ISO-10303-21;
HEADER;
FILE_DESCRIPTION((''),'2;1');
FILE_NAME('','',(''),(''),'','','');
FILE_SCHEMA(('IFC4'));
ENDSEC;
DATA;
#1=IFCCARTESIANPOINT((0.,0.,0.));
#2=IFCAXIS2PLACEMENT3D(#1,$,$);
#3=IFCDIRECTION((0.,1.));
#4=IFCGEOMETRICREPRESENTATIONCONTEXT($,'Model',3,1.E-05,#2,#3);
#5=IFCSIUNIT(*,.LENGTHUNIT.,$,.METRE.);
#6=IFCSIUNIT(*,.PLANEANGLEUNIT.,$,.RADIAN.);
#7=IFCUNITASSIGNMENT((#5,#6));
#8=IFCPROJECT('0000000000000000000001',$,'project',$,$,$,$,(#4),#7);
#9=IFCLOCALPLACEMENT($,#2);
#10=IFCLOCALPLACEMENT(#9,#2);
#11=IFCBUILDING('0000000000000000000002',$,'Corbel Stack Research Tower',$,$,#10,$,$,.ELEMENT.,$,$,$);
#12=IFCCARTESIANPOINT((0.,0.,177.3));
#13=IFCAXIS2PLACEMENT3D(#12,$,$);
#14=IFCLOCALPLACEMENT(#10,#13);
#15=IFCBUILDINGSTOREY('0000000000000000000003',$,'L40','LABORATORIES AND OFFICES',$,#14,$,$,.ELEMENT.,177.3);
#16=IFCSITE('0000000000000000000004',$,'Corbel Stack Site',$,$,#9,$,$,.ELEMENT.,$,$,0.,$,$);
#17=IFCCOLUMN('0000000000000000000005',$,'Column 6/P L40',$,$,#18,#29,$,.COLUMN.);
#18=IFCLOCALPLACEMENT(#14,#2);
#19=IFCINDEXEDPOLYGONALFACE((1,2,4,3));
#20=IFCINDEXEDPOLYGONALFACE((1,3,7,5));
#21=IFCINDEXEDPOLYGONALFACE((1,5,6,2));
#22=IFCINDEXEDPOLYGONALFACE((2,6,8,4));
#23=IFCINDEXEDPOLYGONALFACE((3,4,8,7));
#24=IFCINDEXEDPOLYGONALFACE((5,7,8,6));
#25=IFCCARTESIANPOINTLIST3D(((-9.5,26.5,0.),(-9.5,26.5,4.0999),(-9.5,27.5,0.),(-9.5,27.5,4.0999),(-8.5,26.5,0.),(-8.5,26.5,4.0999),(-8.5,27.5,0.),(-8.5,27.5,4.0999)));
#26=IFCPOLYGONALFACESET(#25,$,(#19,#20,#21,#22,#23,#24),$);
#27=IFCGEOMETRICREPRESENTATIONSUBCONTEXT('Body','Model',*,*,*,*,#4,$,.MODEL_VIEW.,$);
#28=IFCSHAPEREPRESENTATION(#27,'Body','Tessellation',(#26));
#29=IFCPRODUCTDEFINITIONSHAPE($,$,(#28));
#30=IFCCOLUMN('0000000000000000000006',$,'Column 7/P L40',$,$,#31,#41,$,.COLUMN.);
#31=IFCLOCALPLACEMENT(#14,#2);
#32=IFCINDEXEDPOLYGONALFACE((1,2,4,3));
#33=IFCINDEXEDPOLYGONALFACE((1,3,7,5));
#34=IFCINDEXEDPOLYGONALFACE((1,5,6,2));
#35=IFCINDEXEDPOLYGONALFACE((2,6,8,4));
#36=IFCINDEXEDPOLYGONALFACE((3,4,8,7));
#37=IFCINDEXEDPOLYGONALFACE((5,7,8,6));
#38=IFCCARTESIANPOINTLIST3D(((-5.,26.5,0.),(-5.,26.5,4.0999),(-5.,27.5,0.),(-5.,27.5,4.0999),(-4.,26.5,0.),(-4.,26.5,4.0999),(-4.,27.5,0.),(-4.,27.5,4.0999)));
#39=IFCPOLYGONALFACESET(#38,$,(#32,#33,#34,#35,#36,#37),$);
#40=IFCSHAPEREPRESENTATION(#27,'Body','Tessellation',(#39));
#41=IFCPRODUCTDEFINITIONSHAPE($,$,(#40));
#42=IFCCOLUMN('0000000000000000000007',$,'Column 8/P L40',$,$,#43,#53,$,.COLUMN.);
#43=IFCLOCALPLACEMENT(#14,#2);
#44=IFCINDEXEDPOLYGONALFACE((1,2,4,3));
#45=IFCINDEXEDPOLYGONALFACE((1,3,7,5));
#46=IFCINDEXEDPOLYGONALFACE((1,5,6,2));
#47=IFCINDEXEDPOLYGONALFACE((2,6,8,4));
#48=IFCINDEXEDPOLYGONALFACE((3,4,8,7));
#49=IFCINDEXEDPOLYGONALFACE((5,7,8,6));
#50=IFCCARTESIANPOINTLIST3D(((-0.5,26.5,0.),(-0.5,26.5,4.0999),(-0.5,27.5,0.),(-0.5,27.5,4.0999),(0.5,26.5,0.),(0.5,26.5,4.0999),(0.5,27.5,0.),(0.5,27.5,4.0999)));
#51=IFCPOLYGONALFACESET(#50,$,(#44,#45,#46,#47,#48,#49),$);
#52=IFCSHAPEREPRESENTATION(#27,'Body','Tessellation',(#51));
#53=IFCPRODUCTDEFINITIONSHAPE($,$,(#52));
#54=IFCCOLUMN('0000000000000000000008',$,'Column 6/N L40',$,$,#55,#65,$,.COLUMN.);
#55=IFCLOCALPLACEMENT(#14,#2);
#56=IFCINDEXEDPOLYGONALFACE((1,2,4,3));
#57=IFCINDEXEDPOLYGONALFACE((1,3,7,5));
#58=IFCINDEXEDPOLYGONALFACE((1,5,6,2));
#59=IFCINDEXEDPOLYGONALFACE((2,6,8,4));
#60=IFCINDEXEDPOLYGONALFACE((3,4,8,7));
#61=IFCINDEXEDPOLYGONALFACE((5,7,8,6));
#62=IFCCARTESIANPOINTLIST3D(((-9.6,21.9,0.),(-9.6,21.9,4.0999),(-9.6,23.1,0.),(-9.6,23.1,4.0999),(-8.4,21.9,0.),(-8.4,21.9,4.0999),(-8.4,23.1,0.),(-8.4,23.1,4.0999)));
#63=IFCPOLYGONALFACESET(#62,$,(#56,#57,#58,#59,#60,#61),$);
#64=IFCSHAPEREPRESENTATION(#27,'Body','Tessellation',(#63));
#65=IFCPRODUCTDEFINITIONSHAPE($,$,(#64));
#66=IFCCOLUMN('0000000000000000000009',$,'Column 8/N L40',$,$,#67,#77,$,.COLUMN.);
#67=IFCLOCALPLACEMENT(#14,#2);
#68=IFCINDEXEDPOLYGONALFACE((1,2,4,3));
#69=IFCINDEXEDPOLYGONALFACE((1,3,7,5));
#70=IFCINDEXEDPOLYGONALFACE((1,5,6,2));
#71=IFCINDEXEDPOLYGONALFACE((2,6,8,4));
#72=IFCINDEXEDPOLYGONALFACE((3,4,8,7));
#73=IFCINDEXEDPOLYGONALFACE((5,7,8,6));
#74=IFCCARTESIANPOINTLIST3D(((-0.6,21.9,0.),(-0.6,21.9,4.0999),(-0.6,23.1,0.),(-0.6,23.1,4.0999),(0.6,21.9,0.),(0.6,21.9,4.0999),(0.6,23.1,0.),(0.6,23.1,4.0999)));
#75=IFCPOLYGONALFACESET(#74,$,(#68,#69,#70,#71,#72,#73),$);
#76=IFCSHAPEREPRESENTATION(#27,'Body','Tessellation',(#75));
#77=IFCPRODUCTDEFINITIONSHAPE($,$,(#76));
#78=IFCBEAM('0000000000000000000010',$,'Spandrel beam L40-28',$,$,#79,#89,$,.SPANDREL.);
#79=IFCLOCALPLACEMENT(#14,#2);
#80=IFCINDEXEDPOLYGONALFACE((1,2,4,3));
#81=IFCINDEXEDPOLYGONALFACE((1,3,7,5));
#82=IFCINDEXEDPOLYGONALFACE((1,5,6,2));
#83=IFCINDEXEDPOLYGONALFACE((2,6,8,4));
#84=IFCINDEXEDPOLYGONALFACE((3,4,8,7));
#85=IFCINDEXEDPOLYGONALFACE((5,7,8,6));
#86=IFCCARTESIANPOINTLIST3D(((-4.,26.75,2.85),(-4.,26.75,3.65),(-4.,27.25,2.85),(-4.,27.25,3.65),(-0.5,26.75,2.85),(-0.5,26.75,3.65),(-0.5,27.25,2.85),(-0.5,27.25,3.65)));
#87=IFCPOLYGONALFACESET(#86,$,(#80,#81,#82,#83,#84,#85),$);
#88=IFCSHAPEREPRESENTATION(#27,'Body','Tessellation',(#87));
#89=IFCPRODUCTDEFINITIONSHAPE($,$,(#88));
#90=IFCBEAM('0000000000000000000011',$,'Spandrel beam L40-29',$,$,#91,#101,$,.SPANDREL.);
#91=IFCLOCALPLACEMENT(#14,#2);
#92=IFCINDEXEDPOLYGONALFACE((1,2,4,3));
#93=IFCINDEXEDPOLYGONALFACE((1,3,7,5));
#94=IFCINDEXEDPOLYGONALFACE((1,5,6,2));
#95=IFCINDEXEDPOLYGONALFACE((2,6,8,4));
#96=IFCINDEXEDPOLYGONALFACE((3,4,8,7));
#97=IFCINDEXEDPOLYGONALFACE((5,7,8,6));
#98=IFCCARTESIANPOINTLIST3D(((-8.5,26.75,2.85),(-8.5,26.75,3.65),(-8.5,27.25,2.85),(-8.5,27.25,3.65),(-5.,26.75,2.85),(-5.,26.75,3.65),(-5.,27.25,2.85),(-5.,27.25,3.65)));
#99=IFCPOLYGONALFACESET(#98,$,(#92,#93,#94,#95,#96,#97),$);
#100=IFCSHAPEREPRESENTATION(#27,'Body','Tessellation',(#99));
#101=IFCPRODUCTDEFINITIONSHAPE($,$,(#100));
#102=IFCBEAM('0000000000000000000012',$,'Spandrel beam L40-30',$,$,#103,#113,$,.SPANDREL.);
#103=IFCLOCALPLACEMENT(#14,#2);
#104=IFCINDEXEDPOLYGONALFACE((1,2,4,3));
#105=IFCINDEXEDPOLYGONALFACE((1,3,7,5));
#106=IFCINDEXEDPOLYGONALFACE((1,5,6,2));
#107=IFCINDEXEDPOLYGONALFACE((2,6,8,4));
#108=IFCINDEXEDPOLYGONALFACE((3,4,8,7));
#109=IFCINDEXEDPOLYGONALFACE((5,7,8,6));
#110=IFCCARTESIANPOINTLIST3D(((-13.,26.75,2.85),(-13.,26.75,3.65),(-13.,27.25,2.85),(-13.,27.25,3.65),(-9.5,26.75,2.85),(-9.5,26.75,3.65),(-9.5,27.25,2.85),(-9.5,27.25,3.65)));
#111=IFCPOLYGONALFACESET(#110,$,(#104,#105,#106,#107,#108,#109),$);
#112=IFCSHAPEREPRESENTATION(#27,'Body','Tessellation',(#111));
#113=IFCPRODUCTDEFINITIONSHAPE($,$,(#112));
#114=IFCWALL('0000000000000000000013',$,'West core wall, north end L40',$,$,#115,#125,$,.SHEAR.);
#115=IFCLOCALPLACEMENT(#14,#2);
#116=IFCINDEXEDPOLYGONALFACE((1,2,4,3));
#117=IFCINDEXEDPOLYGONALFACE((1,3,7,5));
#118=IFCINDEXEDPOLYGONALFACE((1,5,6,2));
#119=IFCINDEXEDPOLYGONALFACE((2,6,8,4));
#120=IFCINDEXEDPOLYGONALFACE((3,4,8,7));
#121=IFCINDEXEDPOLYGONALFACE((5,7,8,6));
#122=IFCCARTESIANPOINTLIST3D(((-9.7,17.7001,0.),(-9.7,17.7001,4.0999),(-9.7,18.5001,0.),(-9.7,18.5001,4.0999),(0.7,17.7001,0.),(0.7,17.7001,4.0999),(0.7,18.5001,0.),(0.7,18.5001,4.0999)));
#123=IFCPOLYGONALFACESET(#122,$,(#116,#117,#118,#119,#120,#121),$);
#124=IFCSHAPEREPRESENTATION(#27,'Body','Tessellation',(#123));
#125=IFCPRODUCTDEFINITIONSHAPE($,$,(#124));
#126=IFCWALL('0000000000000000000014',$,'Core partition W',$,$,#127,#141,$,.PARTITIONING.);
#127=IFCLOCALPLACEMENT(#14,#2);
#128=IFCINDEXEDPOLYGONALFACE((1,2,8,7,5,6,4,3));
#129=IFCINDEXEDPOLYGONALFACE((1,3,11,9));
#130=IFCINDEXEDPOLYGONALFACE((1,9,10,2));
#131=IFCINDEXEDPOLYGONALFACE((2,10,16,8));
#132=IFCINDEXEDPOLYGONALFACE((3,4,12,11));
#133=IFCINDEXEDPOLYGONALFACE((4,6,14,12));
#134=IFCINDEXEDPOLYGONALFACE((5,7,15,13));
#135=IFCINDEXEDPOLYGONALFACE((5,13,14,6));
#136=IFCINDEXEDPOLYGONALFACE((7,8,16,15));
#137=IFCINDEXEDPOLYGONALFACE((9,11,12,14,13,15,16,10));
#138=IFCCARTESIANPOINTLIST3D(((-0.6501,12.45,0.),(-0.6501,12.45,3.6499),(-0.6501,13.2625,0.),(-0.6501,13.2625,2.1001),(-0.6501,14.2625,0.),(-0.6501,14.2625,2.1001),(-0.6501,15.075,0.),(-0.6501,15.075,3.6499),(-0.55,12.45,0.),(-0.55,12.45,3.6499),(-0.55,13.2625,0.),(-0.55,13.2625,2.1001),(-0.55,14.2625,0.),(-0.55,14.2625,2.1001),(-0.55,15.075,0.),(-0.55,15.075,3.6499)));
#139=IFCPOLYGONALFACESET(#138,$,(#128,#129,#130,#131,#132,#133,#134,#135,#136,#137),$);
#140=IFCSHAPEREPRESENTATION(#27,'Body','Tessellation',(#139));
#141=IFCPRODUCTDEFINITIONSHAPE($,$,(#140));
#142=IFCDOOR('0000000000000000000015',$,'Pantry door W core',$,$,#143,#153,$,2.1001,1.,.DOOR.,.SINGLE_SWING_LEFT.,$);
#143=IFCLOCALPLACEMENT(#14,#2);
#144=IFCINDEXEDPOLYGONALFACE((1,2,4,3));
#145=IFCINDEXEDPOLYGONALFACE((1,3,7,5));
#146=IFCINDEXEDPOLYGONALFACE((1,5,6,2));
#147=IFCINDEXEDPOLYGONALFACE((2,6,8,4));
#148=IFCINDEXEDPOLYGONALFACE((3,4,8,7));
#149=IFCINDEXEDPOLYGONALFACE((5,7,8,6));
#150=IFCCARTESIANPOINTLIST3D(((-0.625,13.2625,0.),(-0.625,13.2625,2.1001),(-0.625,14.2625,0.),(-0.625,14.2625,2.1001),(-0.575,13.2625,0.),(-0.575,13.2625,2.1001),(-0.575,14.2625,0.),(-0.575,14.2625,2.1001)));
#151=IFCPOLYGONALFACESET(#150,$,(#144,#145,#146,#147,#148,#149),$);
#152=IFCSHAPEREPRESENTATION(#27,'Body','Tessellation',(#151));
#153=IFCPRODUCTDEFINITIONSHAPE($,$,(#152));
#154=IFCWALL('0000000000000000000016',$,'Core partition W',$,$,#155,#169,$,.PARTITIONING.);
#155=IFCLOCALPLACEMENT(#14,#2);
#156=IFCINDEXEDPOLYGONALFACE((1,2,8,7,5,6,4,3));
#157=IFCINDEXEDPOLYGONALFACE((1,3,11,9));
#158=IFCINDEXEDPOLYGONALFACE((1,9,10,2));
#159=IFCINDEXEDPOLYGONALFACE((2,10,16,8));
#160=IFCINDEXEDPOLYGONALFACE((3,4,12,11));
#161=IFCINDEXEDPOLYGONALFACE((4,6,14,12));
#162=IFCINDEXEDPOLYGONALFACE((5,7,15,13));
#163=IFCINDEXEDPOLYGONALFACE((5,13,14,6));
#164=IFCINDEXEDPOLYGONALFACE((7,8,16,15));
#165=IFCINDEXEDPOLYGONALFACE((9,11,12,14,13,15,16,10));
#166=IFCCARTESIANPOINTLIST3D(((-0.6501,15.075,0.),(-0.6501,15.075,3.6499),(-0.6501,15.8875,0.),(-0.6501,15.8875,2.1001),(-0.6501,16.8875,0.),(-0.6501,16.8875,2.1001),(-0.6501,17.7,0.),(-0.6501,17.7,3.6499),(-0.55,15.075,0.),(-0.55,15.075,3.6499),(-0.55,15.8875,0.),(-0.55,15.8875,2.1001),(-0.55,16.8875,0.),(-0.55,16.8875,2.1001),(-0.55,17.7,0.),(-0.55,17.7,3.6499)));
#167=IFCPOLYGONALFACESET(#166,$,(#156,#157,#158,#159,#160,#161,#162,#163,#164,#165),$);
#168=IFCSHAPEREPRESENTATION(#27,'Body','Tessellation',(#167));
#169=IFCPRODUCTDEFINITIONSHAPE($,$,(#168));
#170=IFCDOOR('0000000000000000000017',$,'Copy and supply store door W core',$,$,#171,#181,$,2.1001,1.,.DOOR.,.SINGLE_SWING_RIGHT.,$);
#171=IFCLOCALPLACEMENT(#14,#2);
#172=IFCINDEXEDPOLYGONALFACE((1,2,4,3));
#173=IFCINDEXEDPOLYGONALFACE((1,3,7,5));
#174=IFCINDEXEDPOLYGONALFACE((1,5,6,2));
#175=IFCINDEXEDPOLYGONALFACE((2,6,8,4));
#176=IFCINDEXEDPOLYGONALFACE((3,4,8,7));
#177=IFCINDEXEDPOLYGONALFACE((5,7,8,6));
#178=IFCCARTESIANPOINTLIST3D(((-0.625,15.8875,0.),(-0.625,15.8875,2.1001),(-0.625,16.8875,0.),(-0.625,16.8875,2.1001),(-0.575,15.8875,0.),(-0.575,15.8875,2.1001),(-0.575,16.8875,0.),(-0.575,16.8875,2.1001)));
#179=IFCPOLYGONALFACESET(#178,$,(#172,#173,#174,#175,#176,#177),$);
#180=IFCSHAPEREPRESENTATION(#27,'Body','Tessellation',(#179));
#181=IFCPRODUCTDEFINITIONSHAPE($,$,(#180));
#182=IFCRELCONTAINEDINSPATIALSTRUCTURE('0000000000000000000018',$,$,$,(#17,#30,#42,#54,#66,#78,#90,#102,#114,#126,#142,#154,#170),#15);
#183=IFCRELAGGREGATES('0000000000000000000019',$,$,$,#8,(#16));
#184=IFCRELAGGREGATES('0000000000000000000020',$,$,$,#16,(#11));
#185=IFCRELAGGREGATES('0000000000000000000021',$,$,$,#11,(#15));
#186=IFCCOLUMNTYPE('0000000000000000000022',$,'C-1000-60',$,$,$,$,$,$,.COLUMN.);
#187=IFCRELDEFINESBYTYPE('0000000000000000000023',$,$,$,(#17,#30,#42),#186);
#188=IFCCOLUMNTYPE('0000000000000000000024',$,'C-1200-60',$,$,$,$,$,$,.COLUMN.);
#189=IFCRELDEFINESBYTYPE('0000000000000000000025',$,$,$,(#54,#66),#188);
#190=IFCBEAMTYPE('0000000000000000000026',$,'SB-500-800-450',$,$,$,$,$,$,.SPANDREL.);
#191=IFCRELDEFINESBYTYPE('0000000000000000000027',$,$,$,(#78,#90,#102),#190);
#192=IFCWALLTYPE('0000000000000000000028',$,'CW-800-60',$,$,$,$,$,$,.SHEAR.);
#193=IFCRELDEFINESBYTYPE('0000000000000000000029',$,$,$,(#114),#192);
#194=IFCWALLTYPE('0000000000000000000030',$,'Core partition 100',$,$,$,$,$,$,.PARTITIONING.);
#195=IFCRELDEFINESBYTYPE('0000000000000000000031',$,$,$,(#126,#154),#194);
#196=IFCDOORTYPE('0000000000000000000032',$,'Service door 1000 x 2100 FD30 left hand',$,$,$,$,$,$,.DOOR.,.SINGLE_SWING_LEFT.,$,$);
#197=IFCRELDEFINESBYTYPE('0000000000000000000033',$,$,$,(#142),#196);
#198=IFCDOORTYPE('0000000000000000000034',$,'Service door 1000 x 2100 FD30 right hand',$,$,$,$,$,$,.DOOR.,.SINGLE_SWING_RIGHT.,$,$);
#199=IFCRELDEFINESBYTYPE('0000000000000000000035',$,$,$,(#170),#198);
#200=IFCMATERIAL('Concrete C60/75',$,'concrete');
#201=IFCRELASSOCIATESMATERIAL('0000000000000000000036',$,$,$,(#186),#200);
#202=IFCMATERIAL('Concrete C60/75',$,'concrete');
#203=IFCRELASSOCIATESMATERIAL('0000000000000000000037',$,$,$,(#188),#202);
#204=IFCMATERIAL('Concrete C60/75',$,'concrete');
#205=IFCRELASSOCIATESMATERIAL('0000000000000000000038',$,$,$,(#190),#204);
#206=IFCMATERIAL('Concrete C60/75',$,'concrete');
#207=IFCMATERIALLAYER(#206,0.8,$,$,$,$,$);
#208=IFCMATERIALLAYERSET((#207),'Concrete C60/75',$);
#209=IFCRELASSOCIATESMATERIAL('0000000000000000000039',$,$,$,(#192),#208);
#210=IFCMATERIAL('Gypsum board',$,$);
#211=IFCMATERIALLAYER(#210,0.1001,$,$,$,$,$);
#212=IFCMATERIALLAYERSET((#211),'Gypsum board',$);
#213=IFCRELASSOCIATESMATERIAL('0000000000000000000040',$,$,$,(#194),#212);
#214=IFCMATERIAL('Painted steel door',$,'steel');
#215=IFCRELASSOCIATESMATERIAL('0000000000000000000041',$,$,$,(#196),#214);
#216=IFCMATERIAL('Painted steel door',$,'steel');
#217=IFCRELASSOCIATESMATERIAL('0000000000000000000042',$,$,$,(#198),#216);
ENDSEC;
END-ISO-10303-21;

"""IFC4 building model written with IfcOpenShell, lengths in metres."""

from ifc_helpers import new_model, si_unit, direction, frame, frame_2d, origin, origin_2d, place, context, subcontext, project, spatial, rectangle, extrude, material, layer, layer_set, material_profile, profile_set, type_object, element, fill, save


model = new_model("IFC4")

# Units and contexts
model_context = context("Model", 3, precision=1e-05, world=origin(), true_north=direction((0.0, 1.0)))
body_context = subcontext(model_context, "Body", "Model", "MODEL_VIEW")
ifc_project = project(units=[si_unit("LENGTHUNIT", "METRE"), si_unit("PLANEANGLEUNIT", "RADIAN")], contexts=[model_context])

# Site, building, storey
site_placement = place(None, origin())
site = spatial("IfcSite", under=ifc_project, at=site_placement, Name="Corbel Stack Site", CompositionType="ELEMENT", RefElevation=0.0)
building_placement = place(site_placement, origin())
building = spatial("IfcBuilding", under=site, at=building_placement, Name="Corbel Stack Research Tower", CompositionType="ELEMENT")
storey_placement = place(building_placement, frame((0.0, 0.0, 177.3)))
storey = spatial("IfcBuildingStorey", under=building, at=storey_placement, Name="L40", Description="LABORATORIES AND OFFICES", CompositionType="ELEMENT", Elevation=177.3)

# Columns
ifc_material_1 = material(Name="Concrete C60/75", Category="concrete")
ifc_material_profile_1 = material_profile(ifc_material_1, rectangle(XDim=1.0, YDim=1.0, at=origin_2d()), Name="RC 1000 x 1000")
ifc_profile_set_1 = profile_set([ifc_material_profile_1], Name="Concrete C60/75")
column_type_1 = type_object("IfcColumnType", Name="C-1000-60", PredefinedType="COLUMN", material=ifc_profile_set_1)
for number, where, z_axis, x_axis, name in (
    (1, (-9.0, 27.0, 0.0), (0.0, 0.0, 1.0), (1.0, 0.0, 0.0), "Column 6/P L40"),
    (2, (-4.5, 27.0, 0.0), (0.0, 0.0, 1.0), (1.0, 0.0, 0.0), "Column 7/P L40"),
    (3, (0.0, 27.0, 0.0), (0.0, 0.0, 1.0), (1.0, 0.0, 0.0), "Column 8/P L40"),
):
    element("IfcColumn", number, at=place(storey_placement, frame(where, z_axis=z_axis, x_axis=x_axis)), inside=storey, type_object=column_type_1, Name=name, PredefinedType="COLUMN", context=body_context, shape_type="SweptSolid", body=[
        extrude(rectangle(XDim=1.0, YDim=1.0, at=origin_2d()), origin(), (0.0, 0.0, 1.0), 4.0999),
    ])
ifc_material_2 = material(Name="Concrete C60/75", Category="concrete")
ifc_material_profile_2 = material_profile(ifc_material_2, rectangle(XDim=1.2, YDim=1.2, at=origin_2d()), Name="RC 1200 x 1200")
ifc_profile_set_2 = profile_set([ifc_material_profile_2], Name="Concrete C60/75")
column_type_2 = type_object("IfcColumnType", Name="C-1200-60", PredefinedType="COLUMN", material=ifc_profile_set_2)
for number, where, z_axis, x_axis, name in (
    (4, (-9.0, 22.5, 0.0), (0.0, 0.0, 1.0), (1.0, 0.0, 0.0), "Column 6/N L40"),
    (5, (0.0, 22.5, 0.0), (0.0, 0.0, 1.0), (1.0, 0.0, 0.0), "Column 8/N L40"),
):
    element("IfcColumn", number, at=place(storey_placement, frame(where, z_axis=z_axis, x_axis=x_axis)), inside=storey, type_object=column_type_2, Name=name, PredefinedType="COLUMN", context=body_context, shape_type="SweptSolid", body=[
        extrude(rectangle(XDim=1.2, YDim=1.2, at=origin_2d()), origin(), (0.0, 0.0, 1.0), 4.0999),
    ])

# Beams
ifc_material_3 = material(Name="Concrete C60/75", Category="concrete")
ifc_material_profile_3 = material_profile(ifc_material_3, rectangle(XDim=0.5, YDim=0.8, at=origin_2d()), Name="RC 500 x 800")
ifc_profile_set_3 = profile_set([ifc_material_profile_3], Name="Concrete C60/75")
beam_type = type_object("IfcBeamType", Name="SB-500-800-450", PredefinedType="SPANDREL", material=ifc_profile_set_3)
for number, where, z_axis, x_axis, name in (
    (6, (-0.5, 27.0, 3.25), (-1.0, 0.0, 0.0), (0.0, -1.0, 0.0), "Spandrel beam L40-28"),
    (7, (-5.0, 27.0, 3.25), (-1.0, 0.0, 0.0), (0.0, -1.0, 0.0), "Spandrel beam L40-29"),
    (8, (-9.5, 27.0, 3.25), (-1.0, 0.0, 0.0), (0.0, -1.0, 0.0), "Spandrel beam L40-30"),
):
    element("IfcBeam", number, at=place(storey_placement, frame(where, z_axis=z_axis, x_axis=x_axis)), inside=storey, type_object=beam_type, Name=name, PredefinedType="SPANDREL", context=body_context, shape_type="SweptSolid", body=[
        extrude(rectangle(XDim=0.5, YDim=0.8, at=origin_2d()), origin(), (0.0, 0.0, 1.0), 3.5),
    ])

# Wall
ifc_material_4 = material(Name="Concrete C60/75", Category="concrete")
ifc_layer_1 = layer(ifc_material_4, 0.8)
ifc_layer_set_1 = layer_set([ifc_layer_1], Name="Concrete C60/75")
wall_type_1 = type_object("IfcWallType", Name="CW-800-60", PredefinedType="SHEAR", material=ifc_layer_set_1)
wall_1_placement = place(storey_placement, frame((-9.7, 18.1001, 0.0), z_axis=(0.0, 0.0, 1.0), x_axis=(1.0, 0.0, 0.0)))
element("IfcWall", 9, at=wall_1_placement, inside=storey, type_object=wall_type_1, Name="West core wall, north end L40", PredefinedType="SHEAR", context=body_context, shape_type="SweptSolid", body=[
    extrude(rectangle(XDim=10.3999, YDim=0.8, at=frame_2d((5.2, 0.0))), origin(), (0.0, 0.0, 1.0), 4.0999),
])

# Walls, openings, doors
ifc_material_5 = material(Name="Gypsum board")
ifc_layer_2 = layer(ifc_material_5, 0.1001)
ifc_layer_set_2 = layer_set([ifc_layer_2], Name="Gypsum board")
wall_type_2 = type_object("IfcWallType", Name="Core partition 100", PredefinedType="PARTITIONING", material=ifc_layer_set_2)
wall_2_placement = place(storey_placement, frame((-0.6001, 12.45, 0.0), z_axis=(0.0, 0.0, 1.0), x_axis=(0.0, 1.0, 0.0)))
wall_2 = element("IfcWall", 10, at=wall_2_placement, inside=storey, type_object=wall_type_2, Name="Core partition W", PredefinedType="PARTITIONING", context=body_context, shape_type="SweptSolid", body=[
    extrude(rectangle(XDim=2.625, YDim=0.1001, at=frame_2d((1.3125, 0.0))), origin(), (0.0, 0.0, 1.0), 3.6499),
])
opening_1_placement = place(wall_2_placement, frame((0.8125, 0.0, 0.0)))
opening_1 = element("IfcOpeningElement", 11, at=opening_1_placement, cuts=wall_2, PredefinedType="OPENING", context=body_context, shape_type="SweptSolid", body=[
    extrude(rectangle(XDim=1.0, YDim=2.1001, at=frame_2d((0.5, 1.05))), frame((0.0, 0.0601, 0.0), z_axis=(0.0, -1.0, 0.0), x_axis=(1.0, 0.0, 0.0)), (0.0, 0.0, 1.0), 0.1201),
])
ifc_material_6 = material(Name="Painted steel door", Category="steel")
door_type_1 = type_object("IfcDoorType", Name="Service door 1000 x 2100 FD30 left hand", OperationType="SINGLE_SWING_LEFT", PredefinedType="DOOR", material=ifc_material_6)
door_1_placement = place(opening_1_placement, origin())
door_1 = element("IfcDoor", 12, at=door_1_placement, inside=storey, type_object=door_type_1, Name="Pantry door W core", OperationType="SINGLE_SWING_LEFT", OverallHeight=2.1001, OverallWidth=1.0, PredefinedType="DOOR", context=body_context, shape_type="SweptSolid", body=[
    extrude(rectangle(XDim=1.0, YDim=2.1001, at=frame_2d((0.5, 1.05))), frame((0.0, 0.0249, 0.0), z_axis=(0.0, -1.0, 0.0), x_axis=(1.0, 0.0, 0.0)), (0.0, 0.0, 1.0), 0.05),
])
fill(opening_1, door_1)
wall_3_placement = place(storey_placement, frame((-0.6001, 15.075, 0.0), z_axis=(0.0, 0.0, 1.0), x_axis=(0.0, 1.0, 0.0)))
wall_3 = element("IfcWall", 13, at=wall_3_placement, inside=storey, type_object=wall_type_2, Name="Core partition W", PredefinedType="PARTITIONING", context=body_context, shape_type="SweptSolid", body=[
    extrude(rectangle(XDim=2.625, YDim=0.1001, at=frame_2d((1.3125, 0.0))), origin(), (0.0, 0.0, 1.0), 3.6499),
])
opening_2_placement = place(wall_3_placement, frame((0.8125, 0.0, 0.0)))
opening_2 = element("IfcOpeningElement", 14, at=opening_2_placement, cuts=wall_3, PredefinedType="OPENING", context=body_context, shape_type="SweptSolid", body=[
    extrude(rectangle(XDim=1.0, YDim=2.1001, at=frame_2d((0.5, 1.05))), frame((0.0, 0.0601, 0.0), z_axis=(0.0, -1.0, 0.0), x_axis=(1.0, 0.0, 0.0)), (0.0, 0.0, 1.0), 0.1201),
])
ifc_material_7 = material(Name="Painted steel door", Category="steel")
door_type_2 = type_object("IfcDoorType", Name="Service door 1000 x 2100 FD30 right hand", OperationType="SINGLE_SWING_RIGHT", PredefinedType="DOOR", material=ifc_material_7)
door_2_placement = place(opening_2_placement, origin())
door_2 = element("IfcDoor", 15, at=door_2_placement, inside=storey, type_object=door_type_2, Name="Copy and supply store door W core", OperationType="SINGLE_SWING_RIGHT", OverallHeight=2.1001, OverallWidth=1.0, PredefinedType="DOOR", context=body_context, shape_type="SweptSolid", body=[
    extrude(rectangle(XDim=1.0, YDim=2.1001, at=frame_2d((0.5, 1.05))), frame((0.0, 0.0249, 0.0), z_axis=(0.0, -1.0, 0.0), x_axis=(1.0, 0.0, 0.0)), (0.0, 0.0, 1.0), 0.05),
])
fill(opening_2, door_2)

save(model, "model.ifc")
